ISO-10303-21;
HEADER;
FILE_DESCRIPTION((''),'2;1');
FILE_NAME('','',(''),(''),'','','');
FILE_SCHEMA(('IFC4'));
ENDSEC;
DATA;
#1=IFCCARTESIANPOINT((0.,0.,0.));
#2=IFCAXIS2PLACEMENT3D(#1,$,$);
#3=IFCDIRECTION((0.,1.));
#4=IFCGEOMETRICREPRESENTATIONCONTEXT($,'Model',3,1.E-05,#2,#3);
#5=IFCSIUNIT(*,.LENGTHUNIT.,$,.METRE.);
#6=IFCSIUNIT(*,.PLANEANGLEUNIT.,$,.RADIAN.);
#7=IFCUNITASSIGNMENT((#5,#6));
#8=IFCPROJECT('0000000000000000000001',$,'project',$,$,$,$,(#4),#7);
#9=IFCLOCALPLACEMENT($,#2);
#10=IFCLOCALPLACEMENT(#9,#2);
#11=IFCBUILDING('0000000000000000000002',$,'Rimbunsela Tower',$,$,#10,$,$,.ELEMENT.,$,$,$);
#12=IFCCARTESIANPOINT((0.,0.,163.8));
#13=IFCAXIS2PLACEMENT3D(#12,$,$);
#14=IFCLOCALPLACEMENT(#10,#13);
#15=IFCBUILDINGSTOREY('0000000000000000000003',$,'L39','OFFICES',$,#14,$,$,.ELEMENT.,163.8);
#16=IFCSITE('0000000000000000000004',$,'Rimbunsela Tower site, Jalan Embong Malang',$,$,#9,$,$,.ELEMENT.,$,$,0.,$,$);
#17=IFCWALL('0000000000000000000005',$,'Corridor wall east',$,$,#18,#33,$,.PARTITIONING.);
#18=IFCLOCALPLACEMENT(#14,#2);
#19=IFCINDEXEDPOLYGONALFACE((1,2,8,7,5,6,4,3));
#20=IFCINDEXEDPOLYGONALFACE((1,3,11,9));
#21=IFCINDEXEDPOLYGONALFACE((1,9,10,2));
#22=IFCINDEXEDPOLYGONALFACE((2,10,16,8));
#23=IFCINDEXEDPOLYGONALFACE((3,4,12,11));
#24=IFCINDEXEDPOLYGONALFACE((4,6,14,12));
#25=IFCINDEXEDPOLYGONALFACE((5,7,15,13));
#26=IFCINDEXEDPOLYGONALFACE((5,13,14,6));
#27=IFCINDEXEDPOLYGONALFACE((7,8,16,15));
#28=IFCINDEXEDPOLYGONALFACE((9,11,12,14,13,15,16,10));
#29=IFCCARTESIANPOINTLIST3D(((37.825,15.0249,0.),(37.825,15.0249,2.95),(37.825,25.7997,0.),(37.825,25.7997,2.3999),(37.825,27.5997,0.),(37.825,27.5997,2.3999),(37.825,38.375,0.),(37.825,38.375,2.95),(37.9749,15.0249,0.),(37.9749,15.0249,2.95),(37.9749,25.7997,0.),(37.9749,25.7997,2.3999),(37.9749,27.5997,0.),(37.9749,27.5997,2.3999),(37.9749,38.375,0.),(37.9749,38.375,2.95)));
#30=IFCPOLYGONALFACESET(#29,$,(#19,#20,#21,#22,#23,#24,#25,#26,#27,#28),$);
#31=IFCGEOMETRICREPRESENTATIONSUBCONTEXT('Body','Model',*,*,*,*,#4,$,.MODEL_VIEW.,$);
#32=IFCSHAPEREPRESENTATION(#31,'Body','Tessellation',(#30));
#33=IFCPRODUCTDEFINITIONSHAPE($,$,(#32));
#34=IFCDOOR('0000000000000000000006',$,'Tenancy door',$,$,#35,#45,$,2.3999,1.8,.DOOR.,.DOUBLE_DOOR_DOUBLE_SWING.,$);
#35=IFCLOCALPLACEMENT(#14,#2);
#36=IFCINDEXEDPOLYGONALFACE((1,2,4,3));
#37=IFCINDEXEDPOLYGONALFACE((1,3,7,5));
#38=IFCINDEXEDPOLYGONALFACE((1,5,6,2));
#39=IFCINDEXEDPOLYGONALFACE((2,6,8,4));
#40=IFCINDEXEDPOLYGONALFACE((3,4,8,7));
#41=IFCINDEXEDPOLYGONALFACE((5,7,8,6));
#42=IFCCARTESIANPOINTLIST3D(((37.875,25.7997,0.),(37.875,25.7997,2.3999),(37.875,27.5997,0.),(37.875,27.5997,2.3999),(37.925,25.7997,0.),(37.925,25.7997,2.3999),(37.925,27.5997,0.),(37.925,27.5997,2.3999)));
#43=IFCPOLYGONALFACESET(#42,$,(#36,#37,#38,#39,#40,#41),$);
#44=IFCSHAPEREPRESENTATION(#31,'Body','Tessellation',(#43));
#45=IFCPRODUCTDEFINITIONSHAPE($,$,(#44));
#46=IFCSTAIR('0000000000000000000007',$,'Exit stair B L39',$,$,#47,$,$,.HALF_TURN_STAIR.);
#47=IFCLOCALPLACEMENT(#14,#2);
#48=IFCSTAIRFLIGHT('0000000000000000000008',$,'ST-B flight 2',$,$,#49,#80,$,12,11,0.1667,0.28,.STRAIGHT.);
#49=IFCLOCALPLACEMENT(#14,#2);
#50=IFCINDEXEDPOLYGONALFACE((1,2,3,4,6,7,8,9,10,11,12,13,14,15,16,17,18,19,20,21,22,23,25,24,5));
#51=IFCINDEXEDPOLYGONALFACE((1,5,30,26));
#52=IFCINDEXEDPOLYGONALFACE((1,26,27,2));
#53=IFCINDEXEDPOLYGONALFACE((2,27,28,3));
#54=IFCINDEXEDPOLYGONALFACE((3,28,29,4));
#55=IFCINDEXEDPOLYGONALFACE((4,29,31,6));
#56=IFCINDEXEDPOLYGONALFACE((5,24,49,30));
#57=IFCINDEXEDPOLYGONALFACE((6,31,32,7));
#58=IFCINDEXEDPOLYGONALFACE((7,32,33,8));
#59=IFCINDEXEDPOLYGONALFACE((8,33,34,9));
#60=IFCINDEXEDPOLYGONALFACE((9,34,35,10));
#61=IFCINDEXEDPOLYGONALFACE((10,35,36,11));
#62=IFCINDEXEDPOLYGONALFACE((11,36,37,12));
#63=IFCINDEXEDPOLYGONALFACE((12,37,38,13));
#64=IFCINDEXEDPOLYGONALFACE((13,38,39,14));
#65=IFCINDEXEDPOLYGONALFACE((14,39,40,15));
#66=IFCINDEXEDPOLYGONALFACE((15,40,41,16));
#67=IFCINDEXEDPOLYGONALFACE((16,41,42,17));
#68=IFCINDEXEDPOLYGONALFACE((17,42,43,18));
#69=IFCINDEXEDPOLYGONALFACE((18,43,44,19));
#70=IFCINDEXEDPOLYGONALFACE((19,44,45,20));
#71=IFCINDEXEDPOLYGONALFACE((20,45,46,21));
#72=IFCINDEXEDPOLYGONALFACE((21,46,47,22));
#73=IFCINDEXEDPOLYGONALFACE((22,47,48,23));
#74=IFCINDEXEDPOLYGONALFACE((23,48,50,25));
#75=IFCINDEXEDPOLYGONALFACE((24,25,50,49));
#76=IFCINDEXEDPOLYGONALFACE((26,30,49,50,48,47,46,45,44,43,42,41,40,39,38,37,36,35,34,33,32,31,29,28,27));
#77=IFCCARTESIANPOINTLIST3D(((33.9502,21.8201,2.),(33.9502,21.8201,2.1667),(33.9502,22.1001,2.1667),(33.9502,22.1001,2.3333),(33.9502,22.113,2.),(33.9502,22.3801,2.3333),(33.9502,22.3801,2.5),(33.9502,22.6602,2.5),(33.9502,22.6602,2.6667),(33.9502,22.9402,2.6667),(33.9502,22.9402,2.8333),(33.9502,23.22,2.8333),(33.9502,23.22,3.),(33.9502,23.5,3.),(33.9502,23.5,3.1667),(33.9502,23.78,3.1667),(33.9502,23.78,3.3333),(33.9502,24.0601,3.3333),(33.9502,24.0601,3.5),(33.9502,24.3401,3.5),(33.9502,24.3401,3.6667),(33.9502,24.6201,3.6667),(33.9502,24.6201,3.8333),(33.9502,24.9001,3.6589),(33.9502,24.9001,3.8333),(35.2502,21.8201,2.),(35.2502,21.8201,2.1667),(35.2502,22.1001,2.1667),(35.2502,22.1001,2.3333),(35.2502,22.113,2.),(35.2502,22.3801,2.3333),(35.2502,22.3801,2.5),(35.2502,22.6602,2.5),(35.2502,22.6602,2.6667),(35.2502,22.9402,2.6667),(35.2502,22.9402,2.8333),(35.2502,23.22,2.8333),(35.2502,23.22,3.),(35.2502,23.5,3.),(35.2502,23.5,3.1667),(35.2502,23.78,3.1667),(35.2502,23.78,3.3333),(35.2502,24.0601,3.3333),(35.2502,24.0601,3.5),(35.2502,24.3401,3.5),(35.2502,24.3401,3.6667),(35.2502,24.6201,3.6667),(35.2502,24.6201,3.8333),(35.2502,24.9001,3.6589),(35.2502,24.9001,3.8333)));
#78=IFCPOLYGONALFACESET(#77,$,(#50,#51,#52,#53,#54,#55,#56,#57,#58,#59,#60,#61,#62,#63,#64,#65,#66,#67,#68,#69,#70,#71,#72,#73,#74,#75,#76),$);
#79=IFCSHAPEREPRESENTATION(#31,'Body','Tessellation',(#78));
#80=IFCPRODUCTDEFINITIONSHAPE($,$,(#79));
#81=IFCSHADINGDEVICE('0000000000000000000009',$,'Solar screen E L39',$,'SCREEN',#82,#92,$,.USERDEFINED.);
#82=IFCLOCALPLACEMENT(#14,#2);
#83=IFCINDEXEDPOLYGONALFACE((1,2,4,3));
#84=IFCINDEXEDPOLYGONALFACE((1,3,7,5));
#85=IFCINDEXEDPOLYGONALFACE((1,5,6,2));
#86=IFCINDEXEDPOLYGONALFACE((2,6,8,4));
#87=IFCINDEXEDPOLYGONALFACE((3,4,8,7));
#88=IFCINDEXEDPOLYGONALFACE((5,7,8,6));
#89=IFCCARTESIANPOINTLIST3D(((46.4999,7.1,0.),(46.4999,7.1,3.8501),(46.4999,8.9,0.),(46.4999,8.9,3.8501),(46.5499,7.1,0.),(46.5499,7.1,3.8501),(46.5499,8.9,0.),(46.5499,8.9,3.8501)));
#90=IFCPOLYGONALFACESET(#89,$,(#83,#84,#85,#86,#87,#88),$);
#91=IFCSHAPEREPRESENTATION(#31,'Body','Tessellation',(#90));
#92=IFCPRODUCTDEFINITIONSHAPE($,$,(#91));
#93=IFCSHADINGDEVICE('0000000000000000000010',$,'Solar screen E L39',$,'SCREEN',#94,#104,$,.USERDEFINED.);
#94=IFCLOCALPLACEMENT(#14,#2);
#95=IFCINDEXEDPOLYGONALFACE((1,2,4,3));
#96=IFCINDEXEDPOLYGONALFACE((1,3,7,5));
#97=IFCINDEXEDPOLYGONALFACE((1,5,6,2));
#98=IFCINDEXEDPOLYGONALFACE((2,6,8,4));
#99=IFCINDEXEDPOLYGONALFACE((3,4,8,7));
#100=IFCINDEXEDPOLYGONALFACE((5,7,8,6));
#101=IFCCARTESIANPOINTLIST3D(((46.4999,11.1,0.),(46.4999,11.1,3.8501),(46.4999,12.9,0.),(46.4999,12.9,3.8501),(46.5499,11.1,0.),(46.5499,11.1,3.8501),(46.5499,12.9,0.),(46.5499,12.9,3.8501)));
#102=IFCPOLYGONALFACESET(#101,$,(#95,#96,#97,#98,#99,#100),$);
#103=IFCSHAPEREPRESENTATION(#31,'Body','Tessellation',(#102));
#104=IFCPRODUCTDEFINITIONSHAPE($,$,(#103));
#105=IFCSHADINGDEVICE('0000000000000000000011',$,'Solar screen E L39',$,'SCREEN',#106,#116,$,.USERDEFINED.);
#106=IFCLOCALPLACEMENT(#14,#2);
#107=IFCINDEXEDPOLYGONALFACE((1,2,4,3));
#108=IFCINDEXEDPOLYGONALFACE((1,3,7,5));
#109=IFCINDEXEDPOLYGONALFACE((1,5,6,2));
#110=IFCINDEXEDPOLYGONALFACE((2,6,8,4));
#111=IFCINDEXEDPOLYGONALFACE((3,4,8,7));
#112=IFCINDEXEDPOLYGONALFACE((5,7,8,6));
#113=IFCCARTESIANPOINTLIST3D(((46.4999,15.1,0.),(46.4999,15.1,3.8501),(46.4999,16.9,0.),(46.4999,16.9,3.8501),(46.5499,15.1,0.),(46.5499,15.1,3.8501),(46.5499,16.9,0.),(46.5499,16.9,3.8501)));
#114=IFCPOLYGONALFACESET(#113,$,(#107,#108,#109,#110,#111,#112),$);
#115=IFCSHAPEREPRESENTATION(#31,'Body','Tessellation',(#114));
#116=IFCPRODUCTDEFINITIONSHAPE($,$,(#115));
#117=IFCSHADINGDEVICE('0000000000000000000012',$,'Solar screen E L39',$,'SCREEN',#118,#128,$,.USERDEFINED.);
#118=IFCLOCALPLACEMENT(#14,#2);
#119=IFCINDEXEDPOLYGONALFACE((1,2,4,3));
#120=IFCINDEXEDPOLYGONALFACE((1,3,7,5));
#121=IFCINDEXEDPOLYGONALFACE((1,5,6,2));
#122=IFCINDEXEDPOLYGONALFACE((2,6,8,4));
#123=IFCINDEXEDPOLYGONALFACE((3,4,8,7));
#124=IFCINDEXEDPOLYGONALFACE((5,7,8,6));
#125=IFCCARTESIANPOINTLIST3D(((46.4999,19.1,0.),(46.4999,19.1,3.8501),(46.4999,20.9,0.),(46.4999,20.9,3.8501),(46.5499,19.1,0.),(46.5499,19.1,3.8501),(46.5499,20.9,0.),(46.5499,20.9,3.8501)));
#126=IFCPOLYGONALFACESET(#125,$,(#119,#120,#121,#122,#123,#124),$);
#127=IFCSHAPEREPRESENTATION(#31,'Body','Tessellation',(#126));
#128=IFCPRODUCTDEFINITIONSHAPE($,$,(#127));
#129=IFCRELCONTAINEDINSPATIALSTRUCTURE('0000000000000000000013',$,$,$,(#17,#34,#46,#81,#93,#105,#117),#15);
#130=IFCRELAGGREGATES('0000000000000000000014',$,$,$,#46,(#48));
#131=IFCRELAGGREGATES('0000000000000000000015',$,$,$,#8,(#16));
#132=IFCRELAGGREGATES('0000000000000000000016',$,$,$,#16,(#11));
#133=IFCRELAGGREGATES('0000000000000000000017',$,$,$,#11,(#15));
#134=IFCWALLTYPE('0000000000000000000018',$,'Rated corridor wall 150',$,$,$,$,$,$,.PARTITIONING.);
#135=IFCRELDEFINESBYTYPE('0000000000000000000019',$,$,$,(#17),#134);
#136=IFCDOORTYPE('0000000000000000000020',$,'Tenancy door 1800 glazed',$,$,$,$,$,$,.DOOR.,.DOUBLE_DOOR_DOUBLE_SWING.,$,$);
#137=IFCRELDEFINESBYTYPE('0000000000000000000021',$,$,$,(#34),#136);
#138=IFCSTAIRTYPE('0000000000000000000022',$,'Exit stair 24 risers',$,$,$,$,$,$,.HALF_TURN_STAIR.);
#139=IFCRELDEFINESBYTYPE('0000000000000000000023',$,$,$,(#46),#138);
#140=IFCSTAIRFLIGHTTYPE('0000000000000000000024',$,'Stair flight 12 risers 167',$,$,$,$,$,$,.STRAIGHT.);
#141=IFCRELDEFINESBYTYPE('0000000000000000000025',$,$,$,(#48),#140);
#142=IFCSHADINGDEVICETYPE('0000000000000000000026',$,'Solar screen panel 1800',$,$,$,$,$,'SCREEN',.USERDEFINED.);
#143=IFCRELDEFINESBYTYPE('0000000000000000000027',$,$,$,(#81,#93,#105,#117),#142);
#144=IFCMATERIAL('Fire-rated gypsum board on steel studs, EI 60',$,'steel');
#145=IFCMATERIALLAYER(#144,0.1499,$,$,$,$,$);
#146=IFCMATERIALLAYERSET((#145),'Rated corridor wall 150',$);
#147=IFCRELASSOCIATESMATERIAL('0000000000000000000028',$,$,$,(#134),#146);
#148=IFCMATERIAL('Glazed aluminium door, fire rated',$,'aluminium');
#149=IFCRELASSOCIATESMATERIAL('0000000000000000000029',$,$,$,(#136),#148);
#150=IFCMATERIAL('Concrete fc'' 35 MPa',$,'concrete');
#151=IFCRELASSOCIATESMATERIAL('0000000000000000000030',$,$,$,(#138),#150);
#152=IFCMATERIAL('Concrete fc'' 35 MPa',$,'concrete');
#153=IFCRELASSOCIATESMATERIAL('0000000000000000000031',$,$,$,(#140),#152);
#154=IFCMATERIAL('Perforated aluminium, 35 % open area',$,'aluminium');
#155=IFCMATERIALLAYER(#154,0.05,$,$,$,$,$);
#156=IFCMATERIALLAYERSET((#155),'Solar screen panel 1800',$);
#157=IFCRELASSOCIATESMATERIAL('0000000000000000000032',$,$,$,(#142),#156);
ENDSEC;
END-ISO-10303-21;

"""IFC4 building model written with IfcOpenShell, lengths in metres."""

from ifc_helpers import new_model, si_unit, direction, frame, frame_2d, origin, origin_2d, place, context, subcontext, project, spatial, polyline, rectangle, outline, extrude, material, layer, layer_set, type_object, element, fill, aggregate, save


model = new_model("IFC4")

# Units and contexts
model_context = context("Model", 3, precision=1e-05, world=origin(), true_north=direction((0.0, 1.0)))
body_context = subcontext(model_context, "Body", "Model", "MODEL_VIEW")
ifc_project = project(units=[si_unit("LENGTHUNIT", "METRE"), si_unit("PLANEANGLEUNIT", "RADIAN")], contexts=[model_context])

# Site, building, storey
site_placement = place(None, origin())
site = spatial("IfcSite", under=ifc_project, at=site_placement, Name="Rimbunsela Tower site, Jalan Embong Malang", CompositionType="ELEMENT", RefElevation=0.0)
building_placement = place(site_placement, origin())
building = spatial("IfcBuilding", under=site, at=building_placement, Name="Rimbunsela Tower", CompositionType="ELEMENT")
storey_placement = place(building_placement, frame((0.0, 0.0, 163.8)))
storey = spatial("IfcBuildingStorey", under=building, at=storey_placement, Name="L39", Description="OFFICES", CompositionType="ELEMENT", Elevation=163.8)

# Wall, opening, door
ifc_material_1 = material(Name="Fire-rated gypsum board on steel studs, EI 60", Category="steel")
ifc_layer_1 = layer(ifc_material_1, 0.1499)
ifc_layer_set_1 = layer_set([ifc_layer_1], Name="Rated corridor wall 150")
wall_type_1 = type_object("IfcWallType", Name="Rated corridor wall 150", PredefinedType="PARTITIONING", material=ifc_layer_set_1)
wall_1_placement = place(storey_placement, frame((37.8999, 15.0249, 0.0), z_axis=(0.0, 0.0, 1.0), x_axis=(0.0, 1.0, 0.0)))
wall_1 = element("IfcWall", 1, at=wall_1_placement, inside=storey, type_object=wall_type_1, Name="Corridor wall east", PredefinedType="PARTITIONING", context=body_context, shape_type="SweptSolid", body=[
    extrude(rectangle(XDim=23.3501, YDim=0.1499, at=frame_2d((11.675, 0.0))), origin(), (0.0, 0.0, 1.0), 2.95),
])
opening_1_placement = place(wall_1_placement, frame((10.7749, 0.0, 0.0)))
opening_1 = element("IfcOpeningElement", 2, at=opening_1_placement, cuts=wall_1, PredefinedType="OPENING", context=body_context, shape_type="SweptSolid", body=[
    extrude(rectangle(XDim=1.8, YDim=2.3999, at=frame_2d((0.8999, 1.2))), frame((0.0, 0.085, 0.0), z_axis=(0.0, -1.0, 0.0), x_axis=(1.0, 0.0, 0.0)), (0.0, 0.0, 1.0), 0.1699),
])
ifc_material_2 = material(Name="Glazed aluminium door, fire rated", Category="aluminium")
door_type_1 = type_object("IfcDoorType", Name="Tenancy door 1800 glazed", OperationType="DOUBLE_DOOR_DOUBLE_SWING", PredefinedType="DOOR", material=ifc_material_2)
door_1_placement = place(opening_1_placement, origin())
door_1 = element("IfcDoor", 3, at=door_1_placement, inside=storey, type_object=door_type_1, Name="Tenancy door", OperationType="DOUBLE_DOOR_DOUBLE_SWING", OverallHeight=2.3999, OverallWidth=1.8, PredefinedType="DOOR", context=body_context, shape_type="SweptSolid", body=[
    extrude(rectangle(XDim=1.8, YDim=2.3999, at=frame_2d((0.8999, 1.2))), frame((0.0, 0.0249, 0.0), z_axis=(0.0, -1.0, 0.0), x_axis=(1.0, 0.0, 0.0)), (0.0, 0.0, 1.0), 0.05),
])
fill(opening_1, door_1)

# Stair, stair flight
ifc_material_3 = material(Name="Concrete fc' 35 MPa", Category="concrete")
stair_type = type_object("IfcStairType", Name="Exit stair 24 risers", PredefinedType="HALF_TURN_STAIR", material=ifc_material_3)
stair_placement = place(storey_placement, origin())
stair = element("IfcStair", 4, at=stair_placement, inside=storey, type_object=stair_type, Name="Exit stair B L39", PredefinedType="HALF_TURN_STAIR")
ifc_material_4 = material(Name="Concrete fc' 35 MPa", Category="concrete")
stair_flight_type = type_object("IfcStairFlightType", Name="Stair flight 12 risers 167", PredefinedType="STRAIGHT", material=ifc_material_4)
stair_flight_placement = place(storey_placement, frame((34.6001, 21.8201, 2.0), z_axis=(0.0, 0.0, 1.0), x_axis=(0.0, 1.0, 0.0)))
stair_flight = element("IfcStairFlight", 5, at=stair_flight_placement, type_object=stair_flight_type, Name="ST-B flight 2", NumberOfRisers=12, NumberOfTreads=11, PredefinedType="STRAIGHT", RiserHeight=0.1667, TreadLength=0.28, context=body_context, shape_type="SweptSolid", body=[
    extrude(outline(polyline([(0.0, 0.0), (0.0, 0.1667), (0.28, 0.1667), (0.28, 0.3333), (0.5601, 0.3333), (0.5601, 0.5), (0.8401, 0.5), (0.8401, 0.6667), (1.1201, 0.6667), (1.1201, 0.8333), (1.3999, 0.8333), (1.3999, 1.0), (1.6799, 1.0), (1.6799, 1.1667), (1.96, 1.1667), (1.96, 1.3333), (2.24, 1.3333), (2.24, 1.5), (2.52, 1.5), (2.52, 1.6667), (2.8, 1.6667), (2.8, 1.8333), (3.0801, 1.8333), (3.0801, 2.0), (3.0801, 1.6589), (0.293, 0.0), (0.0, 0.0)])), frame((0.0, 0.6499, 0.0), z_axis=(0.0, -1.0, 0.0), x_axis=(1.0, 0.0, 0.0)), (0.0, 0.0, 1.0), 1.3),
])
aggregate(stair, [stair_flight])

# Shading devices
ifc_material_5 = material(Name="Perforated aluminium, 35 % open area", Category="aluminium")
ifc_layer_2 = layer(ifc_material_5, 0.05)
ifc_layer_set_2 = layer_set([ifc_layer_2], Name="Solar screen panel 1800")
shading_device_type = type_object("IfcShadingDeviceType", Name="Solar screen panel 1800", ElementType="SCREEN", PredefinedType="USERDEFINED", material=ifc_layer_set_2)
for number, where, z_axis, x_axis, name in (
    (6, (46.5249, 8.0, 0.0), (0.0, 0.0, 1.0), (0.0, 1.0, 0.0), "Solar screen E L39"),
    (7, (46.5249, 12.0, 0.0), (0.0, 0.0, 1.0), (0.0, 1.0, 0.0), "Solar screen E L39"),
    (8, (46.5249, 16.0, 0.0), (0.0, 0.0, 1.0), (0.0, 1.0, 0.0), "Solar screen E L39"),
    (9, (46.5249, 20.0, 0.0), (0.0, 0.0, 1.0), (0.0, 1.0, 0.0), "Solar screen E L39"),
):
    element("IfcShadingDevice", number, at=place(storey_placement, frame(where, z_axis=z_axis, x_axis=x_axis)), inside=storey, type_object=shading_device_type, Name=name, ObjectType="SCREEN", PredefinedType="USERDEFINED", context=body_context, shape_type="SweptSolid", body=[
        extrude(rectangle(XDim=1.8, YDim=0.05, at=origin_2d()), origin(), (0.0, 0.0, 1.0), 3.8501),
    ])

save(model, "model.ifc")
